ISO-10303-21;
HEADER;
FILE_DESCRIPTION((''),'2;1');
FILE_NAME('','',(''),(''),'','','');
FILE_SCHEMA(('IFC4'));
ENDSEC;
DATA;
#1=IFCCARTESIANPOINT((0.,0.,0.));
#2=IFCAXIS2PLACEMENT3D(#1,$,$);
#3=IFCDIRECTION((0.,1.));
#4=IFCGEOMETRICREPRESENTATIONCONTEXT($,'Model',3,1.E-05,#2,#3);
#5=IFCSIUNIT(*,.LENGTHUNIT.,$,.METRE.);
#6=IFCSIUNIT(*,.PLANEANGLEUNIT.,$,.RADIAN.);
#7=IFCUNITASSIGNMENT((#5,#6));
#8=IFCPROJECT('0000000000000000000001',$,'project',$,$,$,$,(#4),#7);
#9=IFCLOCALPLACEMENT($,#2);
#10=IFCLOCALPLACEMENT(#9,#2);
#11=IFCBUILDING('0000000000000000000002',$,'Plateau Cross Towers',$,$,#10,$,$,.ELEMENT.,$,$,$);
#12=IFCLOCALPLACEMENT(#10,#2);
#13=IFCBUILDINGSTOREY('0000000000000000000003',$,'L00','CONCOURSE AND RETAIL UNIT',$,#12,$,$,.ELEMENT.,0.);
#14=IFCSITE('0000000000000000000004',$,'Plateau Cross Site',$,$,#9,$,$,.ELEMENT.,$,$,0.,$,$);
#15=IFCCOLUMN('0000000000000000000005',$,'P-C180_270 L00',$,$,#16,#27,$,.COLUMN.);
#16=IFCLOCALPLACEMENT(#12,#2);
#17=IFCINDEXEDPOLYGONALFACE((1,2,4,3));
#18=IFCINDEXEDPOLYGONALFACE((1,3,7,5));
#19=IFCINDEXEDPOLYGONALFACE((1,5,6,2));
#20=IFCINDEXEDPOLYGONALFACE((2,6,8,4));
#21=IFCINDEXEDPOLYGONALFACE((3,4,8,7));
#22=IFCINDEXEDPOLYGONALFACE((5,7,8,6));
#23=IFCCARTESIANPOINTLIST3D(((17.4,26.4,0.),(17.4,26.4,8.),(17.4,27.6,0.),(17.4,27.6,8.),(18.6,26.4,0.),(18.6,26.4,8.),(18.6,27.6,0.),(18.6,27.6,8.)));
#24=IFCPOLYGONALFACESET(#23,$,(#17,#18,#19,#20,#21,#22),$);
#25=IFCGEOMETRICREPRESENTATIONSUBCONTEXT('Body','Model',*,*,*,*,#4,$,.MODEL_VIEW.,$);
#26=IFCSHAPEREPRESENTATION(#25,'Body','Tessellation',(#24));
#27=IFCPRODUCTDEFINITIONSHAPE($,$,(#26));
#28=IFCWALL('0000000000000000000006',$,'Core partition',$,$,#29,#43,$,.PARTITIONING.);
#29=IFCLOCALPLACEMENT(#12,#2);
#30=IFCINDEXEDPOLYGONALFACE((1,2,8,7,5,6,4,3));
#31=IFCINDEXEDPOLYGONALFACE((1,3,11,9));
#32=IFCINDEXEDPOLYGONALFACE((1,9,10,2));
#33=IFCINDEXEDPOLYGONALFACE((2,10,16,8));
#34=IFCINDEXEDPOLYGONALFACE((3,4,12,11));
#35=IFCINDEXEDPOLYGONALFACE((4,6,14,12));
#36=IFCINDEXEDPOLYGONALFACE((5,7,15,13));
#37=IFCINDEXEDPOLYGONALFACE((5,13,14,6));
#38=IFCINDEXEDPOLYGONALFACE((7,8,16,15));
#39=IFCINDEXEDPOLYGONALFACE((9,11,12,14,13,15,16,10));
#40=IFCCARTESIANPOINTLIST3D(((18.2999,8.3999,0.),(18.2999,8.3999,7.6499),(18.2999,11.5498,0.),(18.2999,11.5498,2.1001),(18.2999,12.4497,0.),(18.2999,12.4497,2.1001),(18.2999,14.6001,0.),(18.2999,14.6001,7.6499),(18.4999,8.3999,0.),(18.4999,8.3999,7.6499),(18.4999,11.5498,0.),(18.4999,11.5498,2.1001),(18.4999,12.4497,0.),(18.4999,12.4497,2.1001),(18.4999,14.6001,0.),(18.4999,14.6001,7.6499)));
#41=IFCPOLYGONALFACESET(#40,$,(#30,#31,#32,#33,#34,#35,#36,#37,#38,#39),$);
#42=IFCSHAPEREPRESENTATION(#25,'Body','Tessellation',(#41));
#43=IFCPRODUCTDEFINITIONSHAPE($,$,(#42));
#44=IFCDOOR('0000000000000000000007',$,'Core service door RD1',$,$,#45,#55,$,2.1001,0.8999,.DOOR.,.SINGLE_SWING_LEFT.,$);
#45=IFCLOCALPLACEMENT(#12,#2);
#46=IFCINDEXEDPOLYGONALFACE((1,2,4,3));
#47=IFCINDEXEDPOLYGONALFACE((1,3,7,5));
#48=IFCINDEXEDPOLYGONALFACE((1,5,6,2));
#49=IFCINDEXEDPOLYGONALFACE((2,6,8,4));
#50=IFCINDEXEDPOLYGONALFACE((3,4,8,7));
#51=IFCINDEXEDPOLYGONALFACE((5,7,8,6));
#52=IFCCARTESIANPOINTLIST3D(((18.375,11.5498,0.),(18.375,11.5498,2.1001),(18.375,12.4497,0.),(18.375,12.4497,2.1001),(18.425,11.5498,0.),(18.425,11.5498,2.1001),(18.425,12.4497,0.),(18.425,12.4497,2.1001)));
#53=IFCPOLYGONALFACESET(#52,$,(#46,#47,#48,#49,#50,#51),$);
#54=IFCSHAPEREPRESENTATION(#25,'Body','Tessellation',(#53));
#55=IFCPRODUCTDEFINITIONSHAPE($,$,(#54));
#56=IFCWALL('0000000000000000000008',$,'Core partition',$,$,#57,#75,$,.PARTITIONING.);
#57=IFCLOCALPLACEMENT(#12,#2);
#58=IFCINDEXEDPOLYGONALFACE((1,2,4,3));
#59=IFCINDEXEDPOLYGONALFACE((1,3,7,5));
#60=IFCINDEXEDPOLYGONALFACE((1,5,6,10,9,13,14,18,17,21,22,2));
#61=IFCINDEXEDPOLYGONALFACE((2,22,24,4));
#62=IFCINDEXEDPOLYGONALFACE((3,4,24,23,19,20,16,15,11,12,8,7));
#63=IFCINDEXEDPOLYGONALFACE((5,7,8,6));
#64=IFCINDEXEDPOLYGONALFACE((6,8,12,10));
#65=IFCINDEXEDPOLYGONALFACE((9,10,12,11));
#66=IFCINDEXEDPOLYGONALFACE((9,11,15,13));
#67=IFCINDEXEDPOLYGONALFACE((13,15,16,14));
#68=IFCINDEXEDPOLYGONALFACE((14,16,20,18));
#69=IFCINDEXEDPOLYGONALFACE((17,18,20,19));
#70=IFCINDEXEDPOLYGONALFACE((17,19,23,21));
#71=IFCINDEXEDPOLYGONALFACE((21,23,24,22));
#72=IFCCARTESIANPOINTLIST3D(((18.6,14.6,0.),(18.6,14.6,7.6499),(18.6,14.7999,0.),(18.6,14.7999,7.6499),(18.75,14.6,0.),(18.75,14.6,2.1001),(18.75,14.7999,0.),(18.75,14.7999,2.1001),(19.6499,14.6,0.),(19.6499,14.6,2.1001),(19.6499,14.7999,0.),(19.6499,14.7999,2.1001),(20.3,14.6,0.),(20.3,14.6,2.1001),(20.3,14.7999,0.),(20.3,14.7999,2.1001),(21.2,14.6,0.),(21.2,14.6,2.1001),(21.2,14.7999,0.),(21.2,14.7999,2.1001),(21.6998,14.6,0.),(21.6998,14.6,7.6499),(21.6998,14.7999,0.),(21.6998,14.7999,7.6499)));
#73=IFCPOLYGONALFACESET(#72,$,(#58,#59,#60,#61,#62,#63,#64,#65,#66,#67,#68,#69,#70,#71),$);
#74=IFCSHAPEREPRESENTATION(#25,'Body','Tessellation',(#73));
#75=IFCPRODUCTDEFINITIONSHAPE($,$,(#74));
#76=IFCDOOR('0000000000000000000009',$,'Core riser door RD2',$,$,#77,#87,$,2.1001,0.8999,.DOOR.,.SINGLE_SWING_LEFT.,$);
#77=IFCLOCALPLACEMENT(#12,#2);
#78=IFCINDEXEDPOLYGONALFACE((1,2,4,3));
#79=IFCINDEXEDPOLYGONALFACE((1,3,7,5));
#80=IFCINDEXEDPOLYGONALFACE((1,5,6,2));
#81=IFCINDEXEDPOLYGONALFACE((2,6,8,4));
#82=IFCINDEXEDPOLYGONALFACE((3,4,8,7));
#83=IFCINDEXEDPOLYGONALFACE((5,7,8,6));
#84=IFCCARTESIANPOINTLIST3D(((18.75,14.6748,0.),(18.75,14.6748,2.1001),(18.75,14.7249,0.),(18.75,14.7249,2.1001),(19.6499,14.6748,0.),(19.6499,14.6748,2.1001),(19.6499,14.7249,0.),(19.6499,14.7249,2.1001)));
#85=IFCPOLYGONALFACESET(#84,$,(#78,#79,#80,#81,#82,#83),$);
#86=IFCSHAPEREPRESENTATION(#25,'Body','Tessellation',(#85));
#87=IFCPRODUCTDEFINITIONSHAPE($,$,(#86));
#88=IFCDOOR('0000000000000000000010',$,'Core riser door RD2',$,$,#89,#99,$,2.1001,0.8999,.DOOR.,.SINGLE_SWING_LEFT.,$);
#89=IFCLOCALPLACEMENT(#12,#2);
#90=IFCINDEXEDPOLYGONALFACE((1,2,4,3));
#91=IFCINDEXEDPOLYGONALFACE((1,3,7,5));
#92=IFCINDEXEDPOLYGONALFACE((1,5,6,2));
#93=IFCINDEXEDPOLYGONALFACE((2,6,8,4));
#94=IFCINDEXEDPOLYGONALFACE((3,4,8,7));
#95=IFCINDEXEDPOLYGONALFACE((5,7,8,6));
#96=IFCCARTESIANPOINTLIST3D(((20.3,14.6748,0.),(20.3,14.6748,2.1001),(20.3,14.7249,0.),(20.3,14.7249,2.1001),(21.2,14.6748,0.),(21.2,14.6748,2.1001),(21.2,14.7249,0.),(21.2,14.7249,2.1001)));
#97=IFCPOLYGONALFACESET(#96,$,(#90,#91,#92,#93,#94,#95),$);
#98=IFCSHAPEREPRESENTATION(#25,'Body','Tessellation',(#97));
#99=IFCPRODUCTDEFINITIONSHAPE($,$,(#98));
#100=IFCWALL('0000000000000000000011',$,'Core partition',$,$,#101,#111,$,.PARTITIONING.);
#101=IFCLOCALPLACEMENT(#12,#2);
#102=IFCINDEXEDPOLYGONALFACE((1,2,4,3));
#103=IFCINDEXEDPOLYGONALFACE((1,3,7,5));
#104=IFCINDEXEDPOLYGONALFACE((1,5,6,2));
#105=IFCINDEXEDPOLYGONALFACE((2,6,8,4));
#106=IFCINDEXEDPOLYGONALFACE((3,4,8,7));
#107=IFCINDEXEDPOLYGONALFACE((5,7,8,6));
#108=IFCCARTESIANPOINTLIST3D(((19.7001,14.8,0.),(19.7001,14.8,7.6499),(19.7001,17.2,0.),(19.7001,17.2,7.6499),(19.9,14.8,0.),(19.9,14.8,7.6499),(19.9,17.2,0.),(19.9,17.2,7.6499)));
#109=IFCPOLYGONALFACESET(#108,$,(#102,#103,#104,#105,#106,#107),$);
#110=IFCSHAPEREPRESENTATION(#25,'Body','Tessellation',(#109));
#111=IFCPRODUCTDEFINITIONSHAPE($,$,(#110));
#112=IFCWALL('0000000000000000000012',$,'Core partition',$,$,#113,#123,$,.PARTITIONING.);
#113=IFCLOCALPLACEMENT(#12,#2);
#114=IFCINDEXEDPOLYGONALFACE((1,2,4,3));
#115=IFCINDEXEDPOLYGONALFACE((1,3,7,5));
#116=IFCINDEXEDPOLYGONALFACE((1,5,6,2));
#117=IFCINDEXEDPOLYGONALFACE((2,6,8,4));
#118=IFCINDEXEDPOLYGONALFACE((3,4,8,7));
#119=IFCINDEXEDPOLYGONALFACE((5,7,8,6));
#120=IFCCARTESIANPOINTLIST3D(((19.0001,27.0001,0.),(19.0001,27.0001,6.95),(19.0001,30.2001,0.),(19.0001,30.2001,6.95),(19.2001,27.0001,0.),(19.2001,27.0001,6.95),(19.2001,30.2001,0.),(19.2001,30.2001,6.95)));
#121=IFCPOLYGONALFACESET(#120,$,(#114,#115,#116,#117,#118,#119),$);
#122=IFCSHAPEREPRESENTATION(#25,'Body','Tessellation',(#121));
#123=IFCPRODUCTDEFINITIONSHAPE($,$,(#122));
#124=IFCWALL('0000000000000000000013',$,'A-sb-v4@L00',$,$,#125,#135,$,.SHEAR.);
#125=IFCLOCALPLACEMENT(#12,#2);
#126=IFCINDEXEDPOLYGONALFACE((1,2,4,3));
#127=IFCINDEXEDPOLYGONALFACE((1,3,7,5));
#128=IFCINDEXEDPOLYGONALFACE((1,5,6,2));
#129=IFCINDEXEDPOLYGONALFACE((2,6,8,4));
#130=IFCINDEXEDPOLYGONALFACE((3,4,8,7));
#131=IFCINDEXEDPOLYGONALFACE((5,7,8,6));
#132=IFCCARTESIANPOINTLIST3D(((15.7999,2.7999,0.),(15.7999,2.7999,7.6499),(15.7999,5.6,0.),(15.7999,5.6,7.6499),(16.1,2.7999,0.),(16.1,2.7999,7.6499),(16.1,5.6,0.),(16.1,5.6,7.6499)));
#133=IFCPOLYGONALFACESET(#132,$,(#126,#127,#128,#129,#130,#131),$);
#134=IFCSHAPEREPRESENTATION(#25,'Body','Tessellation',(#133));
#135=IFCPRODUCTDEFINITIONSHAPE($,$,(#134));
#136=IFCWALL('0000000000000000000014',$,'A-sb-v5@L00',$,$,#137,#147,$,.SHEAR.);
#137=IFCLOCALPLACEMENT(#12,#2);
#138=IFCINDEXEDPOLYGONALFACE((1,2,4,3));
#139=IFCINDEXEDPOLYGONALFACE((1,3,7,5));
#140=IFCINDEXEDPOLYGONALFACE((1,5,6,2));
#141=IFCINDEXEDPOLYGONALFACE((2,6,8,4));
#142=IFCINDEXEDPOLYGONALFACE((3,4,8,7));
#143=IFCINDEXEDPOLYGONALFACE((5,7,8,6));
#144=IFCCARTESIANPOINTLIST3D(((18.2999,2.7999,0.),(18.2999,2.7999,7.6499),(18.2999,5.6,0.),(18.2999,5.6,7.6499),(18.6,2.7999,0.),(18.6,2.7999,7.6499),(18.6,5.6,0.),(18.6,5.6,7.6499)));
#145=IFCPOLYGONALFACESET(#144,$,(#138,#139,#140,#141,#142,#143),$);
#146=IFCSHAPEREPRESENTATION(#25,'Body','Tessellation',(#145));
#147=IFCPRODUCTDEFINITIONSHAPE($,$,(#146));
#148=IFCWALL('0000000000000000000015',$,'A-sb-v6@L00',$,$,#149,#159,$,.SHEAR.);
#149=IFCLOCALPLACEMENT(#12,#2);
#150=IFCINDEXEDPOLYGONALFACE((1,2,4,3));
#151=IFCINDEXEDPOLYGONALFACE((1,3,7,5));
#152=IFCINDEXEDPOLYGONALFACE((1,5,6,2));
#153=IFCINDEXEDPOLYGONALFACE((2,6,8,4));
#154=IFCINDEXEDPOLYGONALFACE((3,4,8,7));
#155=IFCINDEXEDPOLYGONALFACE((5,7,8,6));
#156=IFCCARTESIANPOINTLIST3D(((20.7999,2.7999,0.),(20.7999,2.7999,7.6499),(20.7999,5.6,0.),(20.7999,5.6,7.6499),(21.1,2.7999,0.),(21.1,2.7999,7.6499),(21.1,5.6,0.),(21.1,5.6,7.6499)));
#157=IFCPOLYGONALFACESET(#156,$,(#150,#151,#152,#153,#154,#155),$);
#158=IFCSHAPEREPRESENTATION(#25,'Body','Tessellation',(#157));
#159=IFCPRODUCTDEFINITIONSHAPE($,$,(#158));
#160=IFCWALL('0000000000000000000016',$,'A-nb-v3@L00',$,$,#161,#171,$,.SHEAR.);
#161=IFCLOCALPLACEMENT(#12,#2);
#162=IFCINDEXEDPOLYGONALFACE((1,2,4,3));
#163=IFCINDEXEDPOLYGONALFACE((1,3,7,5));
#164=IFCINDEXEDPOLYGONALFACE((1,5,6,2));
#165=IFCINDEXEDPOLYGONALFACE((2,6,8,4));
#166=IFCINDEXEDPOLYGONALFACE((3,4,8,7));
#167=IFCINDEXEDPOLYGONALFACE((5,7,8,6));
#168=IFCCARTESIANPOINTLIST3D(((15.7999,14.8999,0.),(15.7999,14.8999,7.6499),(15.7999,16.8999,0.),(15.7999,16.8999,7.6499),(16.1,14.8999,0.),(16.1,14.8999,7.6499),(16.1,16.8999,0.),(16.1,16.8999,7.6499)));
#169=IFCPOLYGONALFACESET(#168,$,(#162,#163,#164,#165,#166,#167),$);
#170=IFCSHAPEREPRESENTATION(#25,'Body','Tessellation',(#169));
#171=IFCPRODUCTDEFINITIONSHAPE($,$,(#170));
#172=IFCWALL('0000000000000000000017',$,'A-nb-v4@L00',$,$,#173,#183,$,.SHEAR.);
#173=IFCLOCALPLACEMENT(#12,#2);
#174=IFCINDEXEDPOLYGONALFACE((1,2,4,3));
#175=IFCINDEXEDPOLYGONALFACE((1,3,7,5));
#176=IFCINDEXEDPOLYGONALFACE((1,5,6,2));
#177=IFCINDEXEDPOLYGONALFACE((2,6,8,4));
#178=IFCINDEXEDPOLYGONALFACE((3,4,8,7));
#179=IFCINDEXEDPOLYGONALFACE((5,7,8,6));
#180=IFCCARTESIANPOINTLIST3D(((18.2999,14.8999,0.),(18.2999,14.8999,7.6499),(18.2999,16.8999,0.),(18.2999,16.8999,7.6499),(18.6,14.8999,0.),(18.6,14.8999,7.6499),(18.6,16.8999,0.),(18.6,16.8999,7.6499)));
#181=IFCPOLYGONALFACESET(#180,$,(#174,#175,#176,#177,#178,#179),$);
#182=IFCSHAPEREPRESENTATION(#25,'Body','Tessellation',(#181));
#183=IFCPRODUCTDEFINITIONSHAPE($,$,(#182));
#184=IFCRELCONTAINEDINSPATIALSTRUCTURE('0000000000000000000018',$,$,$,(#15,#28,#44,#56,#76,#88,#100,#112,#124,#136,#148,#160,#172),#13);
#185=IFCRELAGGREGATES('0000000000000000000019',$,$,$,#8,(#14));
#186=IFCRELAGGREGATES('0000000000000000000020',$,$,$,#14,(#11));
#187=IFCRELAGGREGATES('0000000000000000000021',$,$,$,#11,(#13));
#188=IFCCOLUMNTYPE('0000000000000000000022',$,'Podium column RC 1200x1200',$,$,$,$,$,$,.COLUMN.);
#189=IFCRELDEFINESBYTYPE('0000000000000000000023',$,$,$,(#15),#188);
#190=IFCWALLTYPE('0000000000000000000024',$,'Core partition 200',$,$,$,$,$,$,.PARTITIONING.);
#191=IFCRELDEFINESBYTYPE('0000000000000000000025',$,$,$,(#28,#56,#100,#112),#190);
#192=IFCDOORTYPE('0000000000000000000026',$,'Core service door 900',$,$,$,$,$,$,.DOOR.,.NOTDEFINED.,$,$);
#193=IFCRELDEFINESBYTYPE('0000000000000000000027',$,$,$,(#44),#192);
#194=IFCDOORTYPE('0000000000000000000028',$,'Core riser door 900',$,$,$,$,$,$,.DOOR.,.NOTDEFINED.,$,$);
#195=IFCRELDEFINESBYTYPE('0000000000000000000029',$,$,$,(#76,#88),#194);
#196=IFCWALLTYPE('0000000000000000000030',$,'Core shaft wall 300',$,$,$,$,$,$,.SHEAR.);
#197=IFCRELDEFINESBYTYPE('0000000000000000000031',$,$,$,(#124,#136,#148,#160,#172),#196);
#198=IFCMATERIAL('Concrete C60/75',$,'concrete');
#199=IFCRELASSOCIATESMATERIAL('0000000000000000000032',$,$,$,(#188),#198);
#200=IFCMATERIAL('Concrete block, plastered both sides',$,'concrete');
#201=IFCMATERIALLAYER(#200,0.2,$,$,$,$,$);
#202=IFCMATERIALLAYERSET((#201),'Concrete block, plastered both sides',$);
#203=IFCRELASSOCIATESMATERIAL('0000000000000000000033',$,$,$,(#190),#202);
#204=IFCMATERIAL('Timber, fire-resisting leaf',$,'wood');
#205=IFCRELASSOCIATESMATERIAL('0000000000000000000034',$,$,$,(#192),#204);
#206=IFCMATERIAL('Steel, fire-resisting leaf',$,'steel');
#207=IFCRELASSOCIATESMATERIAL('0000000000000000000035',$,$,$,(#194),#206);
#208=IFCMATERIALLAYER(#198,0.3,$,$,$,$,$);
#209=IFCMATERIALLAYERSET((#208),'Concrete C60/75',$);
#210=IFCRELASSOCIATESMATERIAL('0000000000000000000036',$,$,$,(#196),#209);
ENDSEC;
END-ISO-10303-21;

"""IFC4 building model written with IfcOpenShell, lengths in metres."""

from ifc_helpers import new_model, si_unit, direction, frame, frame_2d, origin, origin_2d, place, context, subcontext, project, spatial, rectangle, extrude, material, layer, layer_set, material_profile, profile_set, type_object, element, fill, save


model = new_model("IFC4")

# Units and contexts
model_context = context("Model", 3, precision=1e-05, world=origin(), true_north=direction((0.0, 1.0)))
body_context = subcontext(model_context, "Body", "Model", "MODEL_VIEW")
ifc_project = project(units=[si_unit("LENGTHUNIT", "METRE"), si_unit("PLANEANGLEUNIT", "RADIAN")], contexts=[model_context])

# Site, building, storey
site_placement = place(None, origin())
site = spatial("IfcSite", under=ifc_project, at=site_placement, Name="Plateau Cross Site", CompositionType="ELEMENT", RefElevation=0.0)
building_placement = place(site_placement, origin())
building = spatial("IfcBuilding", under=site, at=building_placement, Name="Plateau Cross Towers", CompositionType="ELEMENT")
storey_placement = place(building_placement, origin())
storey = spatial("IfcBuildingStorey", under=building, at=storey_placement, Name="L00", Description="CONCOURSE AND RETAIL UNIT", CompositionType="ELEMENT", Elevation=0.0)

# Column
ifc_material_1 = material(Name="Concrete C60/75", Category="concrete")
ifc_material_profile = material_profile(ifc_material_1, rectangle(XDim=1.2, YDim=1.2, at=origin_2d()), Name="RC 1200x1200")
ifc_profile_set = profile_set([ifc_material_profile], Name="Concrete C60/75")
column_type = type_object("IfcColumnType", Name="Podium column RC 1200x1200", PredefinedType="COLUMN", material=ifc_profile_set)
column_placement = place(storey_placement, frame((18.0, 27.0, 0.0), z_axis=(0.0, 0.0, 1.0), x_axis=(1.0, 0.0, 0.0)))
element("IfcColumn", 1, at=column_placement, inside=storey, type_object=column_type, Name="P-C180_270 L00", PredefinedType="COLUMN", context=body_context, shape_type="SweptSolid", body=[
    extrude(rectangle(XDim=1.2, YDim=1.2, at=origin_2d()), origin(), (0.0, 0.0, 1.0), 8.0),
])

# Wall, opening, door
ifc_material_2 = material(Name="Concrete block, plastered both sides", Category="concrete")
ifc_layer_1 = layer(ifc_material_2, 0.2)
ifc_layer_set_1 = layer_set([ifc_layer_1], Name="Concrete block, plastered both sides")
wall_type_1 = type_object("IfcWallType", Name="Core partition 200", PredefinedType="PARTITIONING", material=ifc_layer_set_1)
wall_1_placement = place(storey_placement, frame((18.3999, 8.3999, 0.0), z_axis=(0.0, 0.0, 1.0), x_axis=(0.0, 1.0, 0.0)))
wall_1 = element("IfcWall", 2, at=wall_1_placement, inside=storey, type_object=wall_type_1, Name="Core partition", PredefinedType="PARTITIONING", context=body_context, shape_type="SweptSolid", body=[
    extrude(rectangle(XDim=6.2002, YDim=0.2, at=frame_2d((3.1001, 0.0))), origin(), (0.0, 0.0, 1.0), 7.6499),
])
opening_1_placement = place(wall_1_placement, frame((3.1499, 0.0, 0.0)))
opening_1 = element("IfcOpeningElement", 3, at=opening_1_placement, cuts=wall_1, PredefinedType="OPENING", context=body_context, shape_type="SweptSolid", body=[
    extrude(rectangle(XDim=0.8999, YDim=2.1001, at=frame_2d((0.45, 1.05))), frame((0.0, 0.1099, 0.0), z_axis=(0.0, -1.0, 0.0), x_axis=(1.0, 0.0, 0.0)), (0.0, 0.0, 1.0), 0.22),
])
ifc_material_3 = material(Name="Timber, fire-resisting leaf", Category="wood")
door_type_1 = type_object("IfcDoorType", Name="Core service door 900", OperationType="NOTDEFINED", PredefinedType="DOOR", material=ifc_material_3)
door_1_placement = place(opening_1_placement, origin())
door_1 = element("IfcDoor", 4, at=door_1_placement, inside=storey, type_object=door_type_1, Name="Core service door RD1", OperationType="SINGLE_SWING_LEFT", OverallHeight=2.1001, OverallWidth=0.8999, PredefinedType="DOOR", context=body_context, shape_type="SweptSolid", body=[
    extrude(rectangle(XDim=0.8999, YDim=2.1001, at=frame_2d((0.45, 1.05))), frame((0.0, 0.0249, 0.0), z_axis=(0.0, -1.0, 0.0), x_axis=(1.0, 0.0, 0.0)), (0.0, 0.0, 1.0), 0.05),
])
fill(opening_1, door_1)

# Wall, openings, doors
wall_2_placement = place(storey_placement, frame((18.6001, 14.7, 0.0), z_axis=(0.0, 0.0, 1.0), x_axis=(1.0, 0.0, 0.0)))
wall_2 = element("IfcWall", 5, at=wall_2_placement, inside=storey, type_object=wall_type_1, Name="Core partition", PredefinedType="PARTITIONING", context=body_context, shape_type="SweptSolid", body=[
    extrude(rectangle(XDim=3.0999, YDim=0.2, at=frame_2d((1.5498, 0.0))), origin(), (0.0, 0.0, 1.0), 7.6499),
])
opening_2_placement = place(wall_2_placement, frame((0.1499, 0.0, 0.0)))
opening_2 = element("IfcOpeningElement", 6, at=opening_2_placement, cuts=wall_2, PredefinedType="OPENING", context=body_context, shape_type="SweptSolid", body=[
    extrude(rectangle(XDim=0.8999, YDim=2.1001, at=frame_2d((0.45, 1.05))), frame((0.0, 0.1099, 0.0), z_axis=(0.0, -1.0, 0.0), x_axis=(1.0, 0.0, 0.0)), (0.0, 0.0, 1.0), 0.22),
])
opening_3_placement = place(wall_2_placement, frame((1.7, 0.0, 0.0)))
opening_3 = element("IfcOpeningElement", 7, at=opening_3_placement, cuts=wall_2, PredefinedType="OPENING", context=body_context, shape_type="SweptSolid", body=[
    extrude(rectangle(XDim=0.8999, YDim=2.1001, at=frame_2d((0.45, 1.05))), frame((0.0, 0.1099, 0.0), z_axis=(0.0, -1.0, 0.0), x_axis=(1.0, 0.0, 0.0)), (0.0, 0.0, 1.0), 0.22),
])
ifc_material_4 = material(Name="Steel, fire-resisting leaf", Category="steel")
door_type_2 = type_object("IfcDoorType", Name="Core riser door 900", OperationType="NOTDEFINED", PredefinedType="DOOR", material=ifc_material_4)
door_2_placement = place(opening_2_placement, origin())
door_2 = element("IfcDoor", 8, at=door_2_placement, inside=storey, type_object=door_type_2, Name="Core riser door RD2", OperationType="SINGLE_SWING_LEFT", OverallHeight=2.1001, OverallWidth=0.8999, PredefinedType="DOOR", context=body_context, shape_type="SweptSolid", body=[
    extrude(rectangle(XDim=0.8999, YDim=2.1001, at=frame_2d((0.45, 1.05))), frame((0.0, 0.0249, 0.0), z_axis=(0.0, -1.0, 0.0), x_axis=(1.0, 0.0, 0.0)), (0.0, 0.0, 1.0), 0.05),
])
fill(opening_2, door_2)
door_3_placement = place(opening_3_placement, origin())
door_3 = element("IfcDoor", 9, at=door_3_placement, inside=storey, type_object=door_type_2, Name="Core riser door RD2", OperationType="SINGLE_SWING_LEFT", OverallHeight=2.1001, OverallWidth=0.8999, PredefinedType="DOOR", context=body_context, shape_type="SweptSolid", body=[
    extrude(rectangle(XDim=0.8999, YDim=2.1001, at=frame_2d((0.45, 1.05))), frame((0.0, 0.0249, 0.0), z_axis=(0.0, -1.0, 0.0), x_axis=(1.0, 0.0, 0.0)), (0.0, 0.0, 1.0), 0.05),
])
fill(opening_3, door_3)

# Walls
wall_3_placement = place(storey_placement, frame((19.8, 14.8, 0.0), z_axis=(0.0, 0.0, 1.0), x_axis=(0.0, 1.0, 0.0)))
element("IfcWall", 10, at=wall_3_placement, inside=storey, type_object=wall_type_1, Name="Core partition", PredefinedType="PARTITIONING", context=body_context, shape_type="SweptSolid", body=[
    extrude(rectangle(XDim=2.3999, YDim=0.2, at=frame_2d((1.2, 0.0))), origin(), (0.0, 0.0, 1.0), 7.6499),
])
wall_4_placement = place(storey_placement, frame((19.1001, 27.0, 0.0), z_axis=(0.0, 0.0, 1.0), x_axis=(0.0, 1.0, 0.0)))
element("IfcWall", 11, at=wall_4_placement, inside=storey, type_object=wall_type_1, Name="Core partition", PredefinedType="PARTITIONING", context=body_context, shape_type="SweptSolid", body=[
    extrude(rectangle(XDim=3.2, YDim=0.2, at=frame_2d((1.6001, 0.0))), origin(), (0.0, 0.0, 1.0), 6.95),
])
ifc_layer_2 = layer(ifc_material_1, 0.3)
ifc_layer_set_2 = layer_set([ifc_layer_2], Name="Concrete C60/75")
wall_type_2 = type_object("IfcWallType", Name="Core shaft wall 300", PredefinedType="SHEAR", material=ifc_layer_set_2)
for number, where, z_axis, x_axis, name in (
    (12, (15.95, 2.8, 0.0), (0.0, 0.0, 1.0), (0.0, 1.0, 0.0), "A-sb-v4@L00"),
    (13, (18.45, 2.8, 0.0), (0.0, 0.0, 1.0), (0.0, 1.0, 0.0), "A-sb-v5@L00"),
    (14, (20.95, 2.8, 0.0), (0.0, 0.0, 1.0), (0.0, 1.0, 0.0), "A-sb-v6@L00"),
):
    element("IfcWall", number, at=place(storey_placement, frame(where, z_axis=z_axis, x_axis=x_axis)), inside=storey, type_object=wall_type_2, Name=name, PredefinedType="SHEAR", context=body_context, shape_type="SweptSolid", body=[
        extrude(rectangle(XDim=2.8, YDim=0.3, at=frame_2d((1.3999, 0.0))), origin(), (0.0, 0.0, 1.0), 7.6499),
    ])
for number, where, z_axis, x_axis, name in (
    (15, (15.95, 14.8999, 0.0), (0.0, 0.0, 1.0), (0.0, 1.0, 0.0), "A-nb-v3@L00"),
    (16, (18.45, 14.8999, 0.0), (0.0, 0.0, 1.0), (0.0, 1.0, 0.0), "A-nb-v4@L00"),
):
    element("IfcWall", number, at=place(storey_placement, frame(where, z_axis=z_axis, x_axis=x_axis)), inside=storey, type_object=wall_type_2, Name=name, PredefinedType="SHEAR", context=body_context, shape_type="SweptSolid", body=[
        extrude(rectangle(XDim=2.0, YDim=0.3, at=frame_2d((1.0, 0.0))), origin(), (0.0, 0.0, 1.0), 7.6499),
    ])

save(model, "model.ifc")
